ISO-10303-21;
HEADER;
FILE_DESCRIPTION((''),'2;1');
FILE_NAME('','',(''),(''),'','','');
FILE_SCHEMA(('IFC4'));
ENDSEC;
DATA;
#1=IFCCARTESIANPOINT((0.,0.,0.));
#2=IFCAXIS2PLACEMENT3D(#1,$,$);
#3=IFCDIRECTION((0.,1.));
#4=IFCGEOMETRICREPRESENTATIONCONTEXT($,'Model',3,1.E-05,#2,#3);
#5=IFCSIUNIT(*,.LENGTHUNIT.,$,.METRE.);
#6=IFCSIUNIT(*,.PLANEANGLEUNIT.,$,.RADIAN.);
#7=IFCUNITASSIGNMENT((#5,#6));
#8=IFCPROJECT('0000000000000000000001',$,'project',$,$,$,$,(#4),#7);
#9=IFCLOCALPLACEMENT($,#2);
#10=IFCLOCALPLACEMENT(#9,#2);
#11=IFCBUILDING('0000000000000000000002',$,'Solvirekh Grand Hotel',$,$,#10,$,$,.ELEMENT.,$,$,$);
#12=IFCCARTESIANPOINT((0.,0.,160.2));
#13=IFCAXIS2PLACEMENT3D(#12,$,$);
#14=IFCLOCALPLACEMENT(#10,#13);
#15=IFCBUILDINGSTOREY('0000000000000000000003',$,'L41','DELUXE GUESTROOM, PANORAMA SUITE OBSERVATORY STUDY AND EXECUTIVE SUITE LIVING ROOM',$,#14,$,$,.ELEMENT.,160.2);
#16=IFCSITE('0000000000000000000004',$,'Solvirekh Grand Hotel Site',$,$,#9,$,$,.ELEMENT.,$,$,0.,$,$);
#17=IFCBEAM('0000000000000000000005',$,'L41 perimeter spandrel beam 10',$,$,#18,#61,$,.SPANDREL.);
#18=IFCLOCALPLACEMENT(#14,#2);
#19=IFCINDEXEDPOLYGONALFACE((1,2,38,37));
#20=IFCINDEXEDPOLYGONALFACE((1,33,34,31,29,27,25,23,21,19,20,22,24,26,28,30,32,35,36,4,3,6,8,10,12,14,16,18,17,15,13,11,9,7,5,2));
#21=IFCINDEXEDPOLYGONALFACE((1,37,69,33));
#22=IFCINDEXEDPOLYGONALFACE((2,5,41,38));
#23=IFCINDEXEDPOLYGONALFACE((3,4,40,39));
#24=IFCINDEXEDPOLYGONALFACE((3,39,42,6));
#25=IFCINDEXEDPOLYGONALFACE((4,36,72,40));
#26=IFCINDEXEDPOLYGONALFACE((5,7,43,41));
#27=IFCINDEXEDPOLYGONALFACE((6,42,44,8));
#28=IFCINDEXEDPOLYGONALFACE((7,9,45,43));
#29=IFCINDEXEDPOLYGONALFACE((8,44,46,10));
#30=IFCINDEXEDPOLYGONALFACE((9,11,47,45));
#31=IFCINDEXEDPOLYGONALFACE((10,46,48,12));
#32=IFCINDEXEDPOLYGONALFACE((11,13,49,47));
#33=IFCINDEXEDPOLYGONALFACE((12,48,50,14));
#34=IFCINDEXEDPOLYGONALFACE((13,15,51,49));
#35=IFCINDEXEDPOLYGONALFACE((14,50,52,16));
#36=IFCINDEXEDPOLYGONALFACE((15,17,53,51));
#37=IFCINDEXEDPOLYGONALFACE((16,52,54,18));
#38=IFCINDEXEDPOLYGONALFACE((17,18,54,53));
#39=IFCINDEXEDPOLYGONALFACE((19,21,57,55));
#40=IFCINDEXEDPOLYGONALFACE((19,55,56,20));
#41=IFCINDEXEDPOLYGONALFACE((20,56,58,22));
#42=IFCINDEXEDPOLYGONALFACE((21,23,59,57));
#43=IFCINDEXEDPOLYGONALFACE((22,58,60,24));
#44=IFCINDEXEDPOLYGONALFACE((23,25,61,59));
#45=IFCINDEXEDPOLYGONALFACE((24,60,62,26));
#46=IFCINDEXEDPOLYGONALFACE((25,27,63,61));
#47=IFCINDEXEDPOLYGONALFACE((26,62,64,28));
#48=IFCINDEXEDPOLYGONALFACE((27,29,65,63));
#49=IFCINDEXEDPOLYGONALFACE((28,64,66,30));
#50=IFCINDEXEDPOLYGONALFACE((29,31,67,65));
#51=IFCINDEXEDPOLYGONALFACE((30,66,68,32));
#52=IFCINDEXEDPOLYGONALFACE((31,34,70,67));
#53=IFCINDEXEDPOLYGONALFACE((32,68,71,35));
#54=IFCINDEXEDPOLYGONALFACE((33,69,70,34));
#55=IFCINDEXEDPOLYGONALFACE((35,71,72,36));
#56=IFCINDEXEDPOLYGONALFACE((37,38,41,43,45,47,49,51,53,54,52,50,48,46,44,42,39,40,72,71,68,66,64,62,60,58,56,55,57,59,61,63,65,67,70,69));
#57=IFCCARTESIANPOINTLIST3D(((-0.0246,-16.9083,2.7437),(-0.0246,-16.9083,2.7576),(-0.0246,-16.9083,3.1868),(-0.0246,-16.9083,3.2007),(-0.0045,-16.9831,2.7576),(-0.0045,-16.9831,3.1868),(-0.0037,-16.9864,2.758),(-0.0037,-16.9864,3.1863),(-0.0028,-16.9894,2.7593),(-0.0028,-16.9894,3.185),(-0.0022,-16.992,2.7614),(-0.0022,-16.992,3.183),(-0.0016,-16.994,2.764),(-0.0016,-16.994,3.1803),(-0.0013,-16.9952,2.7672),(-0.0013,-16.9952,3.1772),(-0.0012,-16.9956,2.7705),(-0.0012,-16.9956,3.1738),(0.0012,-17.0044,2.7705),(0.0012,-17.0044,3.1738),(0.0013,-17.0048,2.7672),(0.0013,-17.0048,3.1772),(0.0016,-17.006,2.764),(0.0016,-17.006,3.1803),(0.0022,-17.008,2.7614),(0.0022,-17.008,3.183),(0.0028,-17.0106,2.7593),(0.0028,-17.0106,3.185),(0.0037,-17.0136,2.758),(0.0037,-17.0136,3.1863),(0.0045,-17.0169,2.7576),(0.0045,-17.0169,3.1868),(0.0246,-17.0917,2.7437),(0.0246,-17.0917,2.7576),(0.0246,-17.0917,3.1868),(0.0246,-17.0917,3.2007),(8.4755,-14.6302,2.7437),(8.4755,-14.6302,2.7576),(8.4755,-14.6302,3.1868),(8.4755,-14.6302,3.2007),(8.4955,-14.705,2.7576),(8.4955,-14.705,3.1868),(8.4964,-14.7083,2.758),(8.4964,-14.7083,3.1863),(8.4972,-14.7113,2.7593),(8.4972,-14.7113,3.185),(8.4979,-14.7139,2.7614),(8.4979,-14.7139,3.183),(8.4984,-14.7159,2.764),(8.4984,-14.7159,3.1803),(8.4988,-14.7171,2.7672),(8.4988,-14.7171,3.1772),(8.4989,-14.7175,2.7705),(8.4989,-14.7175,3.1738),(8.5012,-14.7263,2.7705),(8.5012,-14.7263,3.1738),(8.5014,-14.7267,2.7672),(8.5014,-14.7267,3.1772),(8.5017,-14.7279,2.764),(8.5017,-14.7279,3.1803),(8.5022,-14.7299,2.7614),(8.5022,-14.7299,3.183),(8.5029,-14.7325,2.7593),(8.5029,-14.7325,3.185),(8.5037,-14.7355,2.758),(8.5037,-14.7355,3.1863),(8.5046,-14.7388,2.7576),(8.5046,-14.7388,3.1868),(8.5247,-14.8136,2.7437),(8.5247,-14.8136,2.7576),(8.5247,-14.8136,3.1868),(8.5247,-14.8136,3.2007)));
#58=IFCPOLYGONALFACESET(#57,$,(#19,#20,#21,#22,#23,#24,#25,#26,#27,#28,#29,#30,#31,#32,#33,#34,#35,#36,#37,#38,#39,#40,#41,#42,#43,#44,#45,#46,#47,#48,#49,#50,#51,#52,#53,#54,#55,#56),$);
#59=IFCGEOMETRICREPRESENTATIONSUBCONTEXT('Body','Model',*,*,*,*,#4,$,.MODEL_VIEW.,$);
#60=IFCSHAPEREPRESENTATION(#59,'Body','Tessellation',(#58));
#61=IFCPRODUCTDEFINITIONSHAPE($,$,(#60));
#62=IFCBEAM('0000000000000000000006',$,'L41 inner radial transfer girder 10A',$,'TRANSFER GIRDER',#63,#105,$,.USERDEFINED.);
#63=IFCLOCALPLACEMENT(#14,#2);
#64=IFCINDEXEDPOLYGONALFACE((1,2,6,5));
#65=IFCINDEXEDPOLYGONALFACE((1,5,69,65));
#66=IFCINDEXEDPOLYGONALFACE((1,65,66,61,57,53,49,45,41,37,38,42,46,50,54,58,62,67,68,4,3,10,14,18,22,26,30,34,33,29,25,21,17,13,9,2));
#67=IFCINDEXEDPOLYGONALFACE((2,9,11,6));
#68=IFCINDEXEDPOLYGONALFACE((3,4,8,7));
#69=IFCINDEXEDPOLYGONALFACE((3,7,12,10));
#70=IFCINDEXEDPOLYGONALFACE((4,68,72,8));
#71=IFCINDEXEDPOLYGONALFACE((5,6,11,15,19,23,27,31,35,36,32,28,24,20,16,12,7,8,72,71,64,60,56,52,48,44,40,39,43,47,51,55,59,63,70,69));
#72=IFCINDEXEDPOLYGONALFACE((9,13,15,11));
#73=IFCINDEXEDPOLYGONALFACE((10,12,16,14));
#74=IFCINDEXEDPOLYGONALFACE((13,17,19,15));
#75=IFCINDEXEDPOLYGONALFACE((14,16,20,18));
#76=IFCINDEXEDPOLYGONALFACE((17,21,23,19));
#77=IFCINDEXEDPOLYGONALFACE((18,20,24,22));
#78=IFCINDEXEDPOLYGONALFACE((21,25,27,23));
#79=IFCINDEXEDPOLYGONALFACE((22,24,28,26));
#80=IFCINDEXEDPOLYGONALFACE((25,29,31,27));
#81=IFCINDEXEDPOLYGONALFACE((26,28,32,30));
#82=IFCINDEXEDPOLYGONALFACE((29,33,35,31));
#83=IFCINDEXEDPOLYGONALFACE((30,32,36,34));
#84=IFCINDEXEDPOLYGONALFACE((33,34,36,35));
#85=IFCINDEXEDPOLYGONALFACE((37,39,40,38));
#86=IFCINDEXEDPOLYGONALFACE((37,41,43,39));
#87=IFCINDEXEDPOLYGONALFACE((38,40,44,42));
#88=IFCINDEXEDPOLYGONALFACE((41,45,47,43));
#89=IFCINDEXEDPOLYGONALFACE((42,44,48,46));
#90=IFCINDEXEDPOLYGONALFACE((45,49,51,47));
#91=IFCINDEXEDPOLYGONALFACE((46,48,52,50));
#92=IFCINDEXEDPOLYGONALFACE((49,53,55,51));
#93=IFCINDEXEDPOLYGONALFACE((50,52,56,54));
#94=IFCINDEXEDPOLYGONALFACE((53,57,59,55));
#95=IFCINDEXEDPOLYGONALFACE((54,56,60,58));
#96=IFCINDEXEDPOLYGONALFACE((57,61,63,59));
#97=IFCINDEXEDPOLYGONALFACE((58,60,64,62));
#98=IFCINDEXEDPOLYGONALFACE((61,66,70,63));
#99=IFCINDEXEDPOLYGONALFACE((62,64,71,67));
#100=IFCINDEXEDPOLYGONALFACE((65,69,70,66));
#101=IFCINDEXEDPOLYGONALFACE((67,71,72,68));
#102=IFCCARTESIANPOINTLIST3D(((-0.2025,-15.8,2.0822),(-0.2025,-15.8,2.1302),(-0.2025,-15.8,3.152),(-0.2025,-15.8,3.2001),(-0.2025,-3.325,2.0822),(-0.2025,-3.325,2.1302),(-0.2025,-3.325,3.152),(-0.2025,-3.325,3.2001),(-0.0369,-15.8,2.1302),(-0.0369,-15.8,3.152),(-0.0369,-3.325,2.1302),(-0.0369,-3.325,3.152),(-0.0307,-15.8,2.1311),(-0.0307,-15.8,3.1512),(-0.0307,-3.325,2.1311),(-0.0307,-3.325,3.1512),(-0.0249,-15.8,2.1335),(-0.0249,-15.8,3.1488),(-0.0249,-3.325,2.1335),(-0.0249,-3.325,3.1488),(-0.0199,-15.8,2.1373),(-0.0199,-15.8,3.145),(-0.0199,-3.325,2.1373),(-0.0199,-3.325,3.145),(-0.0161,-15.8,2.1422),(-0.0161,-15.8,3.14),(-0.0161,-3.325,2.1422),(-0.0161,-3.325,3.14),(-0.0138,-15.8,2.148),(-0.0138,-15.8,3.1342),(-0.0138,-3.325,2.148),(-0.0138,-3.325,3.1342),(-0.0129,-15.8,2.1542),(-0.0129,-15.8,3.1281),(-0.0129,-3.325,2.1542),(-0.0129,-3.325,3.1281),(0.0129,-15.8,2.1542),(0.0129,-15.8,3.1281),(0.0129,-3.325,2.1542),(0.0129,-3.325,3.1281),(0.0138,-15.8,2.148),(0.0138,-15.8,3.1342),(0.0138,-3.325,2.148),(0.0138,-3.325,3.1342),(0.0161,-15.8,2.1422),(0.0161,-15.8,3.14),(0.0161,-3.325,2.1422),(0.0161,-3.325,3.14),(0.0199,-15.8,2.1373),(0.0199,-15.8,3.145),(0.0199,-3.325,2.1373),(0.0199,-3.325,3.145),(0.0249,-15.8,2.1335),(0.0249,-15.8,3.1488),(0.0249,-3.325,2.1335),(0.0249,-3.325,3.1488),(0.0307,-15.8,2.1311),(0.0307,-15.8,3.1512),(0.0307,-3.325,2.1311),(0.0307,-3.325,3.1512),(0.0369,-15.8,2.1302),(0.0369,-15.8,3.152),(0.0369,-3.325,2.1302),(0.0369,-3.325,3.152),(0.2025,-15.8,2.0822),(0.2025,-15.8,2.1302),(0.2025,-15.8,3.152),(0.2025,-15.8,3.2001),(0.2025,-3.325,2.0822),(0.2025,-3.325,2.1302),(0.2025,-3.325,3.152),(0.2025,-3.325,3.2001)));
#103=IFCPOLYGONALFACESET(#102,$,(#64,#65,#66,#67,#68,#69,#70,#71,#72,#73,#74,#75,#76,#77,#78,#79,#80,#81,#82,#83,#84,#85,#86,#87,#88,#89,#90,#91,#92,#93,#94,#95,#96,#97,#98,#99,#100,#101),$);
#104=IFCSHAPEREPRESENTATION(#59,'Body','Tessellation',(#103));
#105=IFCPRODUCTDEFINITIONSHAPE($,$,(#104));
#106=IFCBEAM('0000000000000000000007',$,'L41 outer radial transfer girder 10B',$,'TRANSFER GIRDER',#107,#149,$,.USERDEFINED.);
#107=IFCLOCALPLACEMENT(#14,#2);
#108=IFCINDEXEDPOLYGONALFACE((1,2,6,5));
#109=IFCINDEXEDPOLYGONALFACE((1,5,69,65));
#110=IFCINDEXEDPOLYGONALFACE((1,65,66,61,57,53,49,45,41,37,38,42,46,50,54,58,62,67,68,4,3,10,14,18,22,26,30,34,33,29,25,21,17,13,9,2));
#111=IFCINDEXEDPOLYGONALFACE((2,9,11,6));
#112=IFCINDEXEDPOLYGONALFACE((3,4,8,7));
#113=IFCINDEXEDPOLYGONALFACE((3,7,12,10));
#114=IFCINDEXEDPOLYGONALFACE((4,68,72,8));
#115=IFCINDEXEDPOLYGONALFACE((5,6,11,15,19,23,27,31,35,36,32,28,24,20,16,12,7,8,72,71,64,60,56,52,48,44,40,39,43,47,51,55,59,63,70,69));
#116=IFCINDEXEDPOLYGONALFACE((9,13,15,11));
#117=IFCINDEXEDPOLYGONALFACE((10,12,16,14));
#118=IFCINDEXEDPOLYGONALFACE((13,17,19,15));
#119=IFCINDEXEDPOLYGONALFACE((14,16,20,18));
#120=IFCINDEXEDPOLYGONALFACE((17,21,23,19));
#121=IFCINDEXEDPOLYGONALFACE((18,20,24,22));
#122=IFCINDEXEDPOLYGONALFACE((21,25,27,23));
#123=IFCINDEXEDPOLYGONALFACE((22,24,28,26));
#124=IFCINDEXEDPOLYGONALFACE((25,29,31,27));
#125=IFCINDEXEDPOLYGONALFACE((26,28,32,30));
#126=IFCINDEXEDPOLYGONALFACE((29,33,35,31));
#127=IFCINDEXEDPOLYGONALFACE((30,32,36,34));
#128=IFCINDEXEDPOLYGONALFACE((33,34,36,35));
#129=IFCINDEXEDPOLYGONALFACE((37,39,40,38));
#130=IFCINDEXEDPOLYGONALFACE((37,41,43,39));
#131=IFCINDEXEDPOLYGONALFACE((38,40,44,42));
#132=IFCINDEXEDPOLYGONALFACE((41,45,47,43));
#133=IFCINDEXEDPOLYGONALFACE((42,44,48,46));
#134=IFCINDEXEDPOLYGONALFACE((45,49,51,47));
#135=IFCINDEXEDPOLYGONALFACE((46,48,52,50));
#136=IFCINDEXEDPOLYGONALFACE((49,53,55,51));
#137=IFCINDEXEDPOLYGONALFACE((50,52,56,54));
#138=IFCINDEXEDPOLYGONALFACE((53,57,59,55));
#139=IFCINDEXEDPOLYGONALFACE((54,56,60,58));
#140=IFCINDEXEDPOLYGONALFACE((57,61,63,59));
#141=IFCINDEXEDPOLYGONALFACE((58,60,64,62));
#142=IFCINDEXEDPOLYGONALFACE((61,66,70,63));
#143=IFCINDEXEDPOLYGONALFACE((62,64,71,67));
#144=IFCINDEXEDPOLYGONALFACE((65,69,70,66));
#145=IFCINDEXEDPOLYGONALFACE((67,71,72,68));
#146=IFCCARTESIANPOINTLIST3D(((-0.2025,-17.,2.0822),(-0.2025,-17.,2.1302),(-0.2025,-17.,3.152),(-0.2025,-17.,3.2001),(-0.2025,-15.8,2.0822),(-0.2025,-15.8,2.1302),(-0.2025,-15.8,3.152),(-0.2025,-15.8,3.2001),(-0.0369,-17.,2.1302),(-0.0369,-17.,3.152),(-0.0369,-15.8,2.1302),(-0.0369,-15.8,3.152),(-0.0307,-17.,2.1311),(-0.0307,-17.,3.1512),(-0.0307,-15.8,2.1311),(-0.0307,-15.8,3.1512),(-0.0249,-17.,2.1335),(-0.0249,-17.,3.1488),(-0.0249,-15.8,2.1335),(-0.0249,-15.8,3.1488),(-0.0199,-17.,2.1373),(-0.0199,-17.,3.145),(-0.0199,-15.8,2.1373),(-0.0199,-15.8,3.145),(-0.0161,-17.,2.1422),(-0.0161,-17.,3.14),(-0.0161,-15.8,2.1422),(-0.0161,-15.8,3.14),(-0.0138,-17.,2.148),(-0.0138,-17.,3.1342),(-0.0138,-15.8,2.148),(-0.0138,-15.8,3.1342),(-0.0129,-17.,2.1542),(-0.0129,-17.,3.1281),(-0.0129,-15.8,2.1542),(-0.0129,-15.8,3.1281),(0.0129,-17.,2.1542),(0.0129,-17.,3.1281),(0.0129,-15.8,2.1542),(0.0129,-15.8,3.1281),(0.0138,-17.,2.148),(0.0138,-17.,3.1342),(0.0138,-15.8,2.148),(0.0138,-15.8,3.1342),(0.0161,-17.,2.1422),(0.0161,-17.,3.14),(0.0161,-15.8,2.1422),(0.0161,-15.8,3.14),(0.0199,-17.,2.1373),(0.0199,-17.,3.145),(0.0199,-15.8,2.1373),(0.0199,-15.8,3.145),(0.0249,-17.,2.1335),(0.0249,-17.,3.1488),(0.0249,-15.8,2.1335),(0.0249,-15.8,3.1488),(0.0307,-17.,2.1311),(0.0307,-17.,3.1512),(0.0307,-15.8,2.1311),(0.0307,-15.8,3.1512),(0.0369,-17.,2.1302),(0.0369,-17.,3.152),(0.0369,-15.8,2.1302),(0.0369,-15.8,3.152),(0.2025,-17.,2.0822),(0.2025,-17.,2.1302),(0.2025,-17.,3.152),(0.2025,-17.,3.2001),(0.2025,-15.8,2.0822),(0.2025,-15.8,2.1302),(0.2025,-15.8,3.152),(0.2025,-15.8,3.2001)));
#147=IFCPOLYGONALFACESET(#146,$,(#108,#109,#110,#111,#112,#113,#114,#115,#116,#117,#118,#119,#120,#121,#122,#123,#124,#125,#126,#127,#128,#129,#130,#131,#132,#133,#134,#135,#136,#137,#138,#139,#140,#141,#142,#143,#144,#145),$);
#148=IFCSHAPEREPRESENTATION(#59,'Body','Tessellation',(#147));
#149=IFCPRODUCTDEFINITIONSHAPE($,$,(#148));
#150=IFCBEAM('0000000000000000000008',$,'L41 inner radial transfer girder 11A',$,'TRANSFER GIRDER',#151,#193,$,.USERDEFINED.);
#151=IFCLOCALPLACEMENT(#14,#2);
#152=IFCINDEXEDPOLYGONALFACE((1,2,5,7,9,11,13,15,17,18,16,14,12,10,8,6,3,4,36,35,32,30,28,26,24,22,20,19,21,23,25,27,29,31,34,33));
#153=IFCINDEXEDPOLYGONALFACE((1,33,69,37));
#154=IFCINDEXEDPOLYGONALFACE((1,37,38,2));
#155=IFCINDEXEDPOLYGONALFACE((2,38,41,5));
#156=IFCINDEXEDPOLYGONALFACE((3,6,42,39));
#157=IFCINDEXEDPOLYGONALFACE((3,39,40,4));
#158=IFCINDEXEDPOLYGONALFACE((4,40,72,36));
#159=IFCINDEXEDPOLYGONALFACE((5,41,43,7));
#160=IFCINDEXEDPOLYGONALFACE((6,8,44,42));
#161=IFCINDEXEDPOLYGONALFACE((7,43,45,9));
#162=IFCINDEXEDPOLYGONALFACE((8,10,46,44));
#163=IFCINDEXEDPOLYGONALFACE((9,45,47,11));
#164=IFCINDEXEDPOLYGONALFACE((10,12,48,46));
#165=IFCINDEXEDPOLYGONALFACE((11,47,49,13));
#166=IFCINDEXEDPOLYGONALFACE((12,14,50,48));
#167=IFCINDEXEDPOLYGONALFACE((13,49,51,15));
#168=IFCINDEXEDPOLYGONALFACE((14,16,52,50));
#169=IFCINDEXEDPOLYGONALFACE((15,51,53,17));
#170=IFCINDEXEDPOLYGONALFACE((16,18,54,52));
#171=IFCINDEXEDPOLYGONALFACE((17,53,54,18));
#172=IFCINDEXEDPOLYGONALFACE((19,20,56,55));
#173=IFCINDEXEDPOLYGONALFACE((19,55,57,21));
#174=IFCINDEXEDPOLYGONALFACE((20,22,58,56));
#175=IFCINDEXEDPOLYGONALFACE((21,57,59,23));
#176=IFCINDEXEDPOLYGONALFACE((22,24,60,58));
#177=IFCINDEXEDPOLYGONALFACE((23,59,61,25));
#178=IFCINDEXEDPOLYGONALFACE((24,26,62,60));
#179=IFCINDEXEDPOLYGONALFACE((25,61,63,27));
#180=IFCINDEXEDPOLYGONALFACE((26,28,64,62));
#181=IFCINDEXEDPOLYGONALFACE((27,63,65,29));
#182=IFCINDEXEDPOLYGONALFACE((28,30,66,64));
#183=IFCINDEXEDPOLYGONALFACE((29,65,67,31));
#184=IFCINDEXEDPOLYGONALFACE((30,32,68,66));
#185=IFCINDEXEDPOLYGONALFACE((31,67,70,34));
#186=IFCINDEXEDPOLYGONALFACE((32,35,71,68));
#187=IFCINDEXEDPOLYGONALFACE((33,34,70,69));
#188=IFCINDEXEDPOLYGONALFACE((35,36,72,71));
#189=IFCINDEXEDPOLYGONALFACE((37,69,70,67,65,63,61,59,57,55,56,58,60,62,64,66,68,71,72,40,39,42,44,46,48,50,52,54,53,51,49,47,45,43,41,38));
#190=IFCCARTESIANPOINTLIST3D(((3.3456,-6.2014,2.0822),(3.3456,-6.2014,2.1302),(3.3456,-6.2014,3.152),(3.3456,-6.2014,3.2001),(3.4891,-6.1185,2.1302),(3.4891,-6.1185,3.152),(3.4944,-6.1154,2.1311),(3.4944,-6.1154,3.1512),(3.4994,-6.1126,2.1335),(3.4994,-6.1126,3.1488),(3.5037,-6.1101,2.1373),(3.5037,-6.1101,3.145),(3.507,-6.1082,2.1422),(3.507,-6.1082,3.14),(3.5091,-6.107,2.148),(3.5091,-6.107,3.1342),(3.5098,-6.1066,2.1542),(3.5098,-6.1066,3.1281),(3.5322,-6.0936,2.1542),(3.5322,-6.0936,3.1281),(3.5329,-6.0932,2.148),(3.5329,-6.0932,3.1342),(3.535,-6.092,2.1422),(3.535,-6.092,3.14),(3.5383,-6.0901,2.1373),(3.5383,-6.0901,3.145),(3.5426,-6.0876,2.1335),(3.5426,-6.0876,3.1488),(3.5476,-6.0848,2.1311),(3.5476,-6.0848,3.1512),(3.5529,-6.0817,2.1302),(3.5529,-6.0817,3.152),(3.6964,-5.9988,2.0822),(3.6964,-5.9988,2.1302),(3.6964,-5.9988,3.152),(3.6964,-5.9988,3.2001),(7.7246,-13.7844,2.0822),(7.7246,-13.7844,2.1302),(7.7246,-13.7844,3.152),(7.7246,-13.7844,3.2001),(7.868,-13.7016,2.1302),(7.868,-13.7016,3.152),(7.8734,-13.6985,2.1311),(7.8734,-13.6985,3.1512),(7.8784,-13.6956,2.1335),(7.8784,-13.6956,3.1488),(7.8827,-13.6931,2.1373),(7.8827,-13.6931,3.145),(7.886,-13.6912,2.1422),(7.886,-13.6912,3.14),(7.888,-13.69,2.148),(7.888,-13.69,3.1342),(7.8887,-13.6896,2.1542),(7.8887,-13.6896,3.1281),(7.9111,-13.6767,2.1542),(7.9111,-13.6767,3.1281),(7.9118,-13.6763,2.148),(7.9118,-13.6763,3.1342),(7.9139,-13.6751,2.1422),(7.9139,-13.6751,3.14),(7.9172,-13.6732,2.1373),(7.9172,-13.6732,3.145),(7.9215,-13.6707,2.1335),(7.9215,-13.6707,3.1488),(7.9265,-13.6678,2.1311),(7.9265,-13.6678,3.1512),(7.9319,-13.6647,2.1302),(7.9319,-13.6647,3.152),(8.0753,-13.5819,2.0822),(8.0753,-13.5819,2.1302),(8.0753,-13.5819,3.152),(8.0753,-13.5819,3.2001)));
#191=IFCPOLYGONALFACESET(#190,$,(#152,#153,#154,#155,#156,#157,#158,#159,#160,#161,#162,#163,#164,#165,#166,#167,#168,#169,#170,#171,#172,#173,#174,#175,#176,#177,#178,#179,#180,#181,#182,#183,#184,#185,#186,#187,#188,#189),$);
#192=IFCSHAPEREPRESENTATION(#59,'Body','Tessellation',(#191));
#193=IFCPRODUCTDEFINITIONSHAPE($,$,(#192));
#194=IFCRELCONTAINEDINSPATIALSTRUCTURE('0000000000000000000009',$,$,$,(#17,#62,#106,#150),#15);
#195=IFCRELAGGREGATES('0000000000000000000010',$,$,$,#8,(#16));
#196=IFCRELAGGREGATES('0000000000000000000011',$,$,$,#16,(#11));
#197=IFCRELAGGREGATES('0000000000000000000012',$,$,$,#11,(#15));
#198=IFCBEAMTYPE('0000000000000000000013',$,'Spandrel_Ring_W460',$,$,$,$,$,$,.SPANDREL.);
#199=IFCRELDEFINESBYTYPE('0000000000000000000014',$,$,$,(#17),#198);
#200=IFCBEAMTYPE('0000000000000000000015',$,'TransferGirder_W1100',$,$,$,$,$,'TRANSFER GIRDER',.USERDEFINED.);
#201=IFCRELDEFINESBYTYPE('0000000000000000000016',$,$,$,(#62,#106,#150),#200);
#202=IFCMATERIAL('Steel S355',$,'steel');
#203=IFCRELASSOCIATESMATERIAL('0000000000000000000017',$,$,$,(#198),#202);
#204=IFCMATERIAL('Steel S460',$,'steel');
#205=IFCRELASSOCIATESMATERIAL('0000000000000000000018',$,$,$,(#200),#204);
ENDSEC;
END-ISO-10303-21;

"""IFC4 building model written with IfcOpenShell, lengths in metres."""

from ifc_helpers import new_model, si_unit, direction, frame, origin, origin_2d, place, context, subcontext, project, spatial, i_section, extrude, material, material_profile, profile_set, type_object, element, save


model = new_model("IFC4")

# Units and contexts
model_context = context("Model", 3, precision=1e-05, world=origin(), true_north=direction((0.0, 1.0)))
body_context = subcontext(model_context, "Body", "Model", "MODEL_VIEW")
ifc_project = project(units=[si_unit("LENGTHUNIT", "METRE"), si_unit("PLANEANGLEUNIT", "RADIAN")], contexts=[model_context])

# Site, building, storey
site_placement = place(None, origin())
site = spatial("IfcSite", under=ifc_project, at=site_placement, Name="Solvirekh Grand Hotel Site", CompositionType="ELEMENT", RefElevation=0.0)
building_placement = place(site_placement, origin())
building = spatial("IfcBuilding", under=site, at=building_placement, Name="Solvirekh Grand Hotel", CompositionType="ELEMENT")
storey_placement = place(building_placement, frame((0.0, 0.0, 160.2)))
storey = spatial("IfcBuildingStorey", under=building, at=storey_placement, Name="L41", Description="DELUXE GUESTROOM, PANORAMA SUITE OBSERVATORY STUDY AND EXECUTIVE SUITE LIVING ROOM", CompositionType="ELEMENT", Elevation=160.2)

# Beams
ifc_material_1 = material(Name="Steel S355", Category="steel")
ifc_material_profile_1 = material_profile(ifc_material_1, i_section(OverallWidth=0.1899, OverallDepth=0.457, WebThickness=0.009, FlangeThickness=0.0139, FilletRadius=0.0129, at=origin_2d()), Name="W460X74")
ifc_profile_set_1 = profile_set([ifc_material_profile_1], Name="Steel S355")
beam_type_1 = type_object("IfcBeamType", Name="Spandrel_Ring_W460", PredefinedType="SPANDREL", material=ifc_profile_set_1)
beam_1_placement = place(storey_placement, frame((0.0, -17.0, 2.9722), z_axis=(0.965911, 0.258873, 0.0), x_axis=(-0.258873, 0.965911, 0.0)))
element("IfcBeam", 1, at=beam_1_placement, inside=storey, type_object=beam_type_1, Name="L41 perimeter spandrel beam 10", PredefinedType="SPANDREL", context=body_context, shape_type="SweptSolid", body=[
    extrude(i_section(OverallWidth=0.1899, OverallDepth=0.457, WebThickness=0.009, FlangeThickness=0.0139, FilletRadius=0.0129, at=origin_2d()), origin(), (0.0, 0.0, 1.0), 8.8),
])
ifc_material_2 = material(Name="Steel S460", Category="steel")
ifc_material_profile_2 = material_profile(ifc_material_2, i_section(OverallWidth=0.405, OverallDepth=1.1179, WebThickness=0.0259, FlangeThickness=0.0481, FilletRadius=0.0239, at=origin_2d()), Name="W1100X499")
ifc_profile_set_2 = profile_set([ifc_material_profile_2], Name="Steel S460")
beam_type_2 = type_object("IfcBeamType", Name="TransferGirder_W1100", ElementType="TRANSFER GIRDER", PredefinedType="USERDEFINED", material=ifc_profile_set_2)
beam_2_placement = place(storey_placement, frame((0.0, -3.325, 2.6411), z_axis=(0.0, -1.0, 0.0), x_axis=(1.0, 0.0, 0.0)))
element("IfcBeam", 2, at=beam_2_placement, inside=storey, type_object=beam_type_2, Name="L41 inner radial transfer girder 10A", ObjectType="TRANSFER GIRDER", PredefinedType="USERDEFINED", context=body_context, shape_type="SweptSolid", body=[
    extrude(i_section(OverallWidth=0.405, OverallDepth=1.1179, WebThickness=0.0259, FlangeThickness=0.0481, FilletRadius=0.0239, at=origin_2d()), origin(), (0.0, 0.0, 1.0), 12.4751),
])
beam_3_placement = place(storey_placement, frame((0.0, -15.8, 2.6411), z_axis=(0.0, -1.0, 0.0), x_axis=(1.0, 0.0, 0.0)))
element("IfcBeam", 3, at=beam_3_placement, inside=storey, type_object=beam_type_2, Name="L41 outer radial transfer girder 10B", ObjectType="TRANSFER GIRDER", PredefinedType="USERDEFINED", context=body_context, shape_type="SweptSolid", body=[
    extrude(i_section(OverallWidth=0.405, OverallDepth=1.1179, WebThickness=0.0259, FlangeThickness=0.0481, FilletRadius=0.0239, at=origin_2d()), origin(), (0.0, 0.0, 1.0), 1.2),
])
beam_4_placement = place(storey_placement, frame((3.521, -6.1001, 2.6411), z_axis=(0.500073, -0.865983, 0.0), x_axis=(0.865983, 0.500073, 0.0)))
element("IfcBeam", 4, at=beam_4_placement, inside=storey, type_object=beam_type_2, Name="L41 inner radial transfer girder 11A", ObjectType="TRANSFER GIRDER", PredefinedType="USERDEFINED", context=body_context, shape_type="SweptSolid", body=[
    extrude(i_section(OverallWidth=0.405, OverallDepth=1.1179, WebThickness=0.0259, FlangeThickness=0.0481, FilletRadius=0.0239, at=origin_2d()), origin(), (0.0, 0.0, 1.0), 8.7566),
])

save(model, "model.ifc")
